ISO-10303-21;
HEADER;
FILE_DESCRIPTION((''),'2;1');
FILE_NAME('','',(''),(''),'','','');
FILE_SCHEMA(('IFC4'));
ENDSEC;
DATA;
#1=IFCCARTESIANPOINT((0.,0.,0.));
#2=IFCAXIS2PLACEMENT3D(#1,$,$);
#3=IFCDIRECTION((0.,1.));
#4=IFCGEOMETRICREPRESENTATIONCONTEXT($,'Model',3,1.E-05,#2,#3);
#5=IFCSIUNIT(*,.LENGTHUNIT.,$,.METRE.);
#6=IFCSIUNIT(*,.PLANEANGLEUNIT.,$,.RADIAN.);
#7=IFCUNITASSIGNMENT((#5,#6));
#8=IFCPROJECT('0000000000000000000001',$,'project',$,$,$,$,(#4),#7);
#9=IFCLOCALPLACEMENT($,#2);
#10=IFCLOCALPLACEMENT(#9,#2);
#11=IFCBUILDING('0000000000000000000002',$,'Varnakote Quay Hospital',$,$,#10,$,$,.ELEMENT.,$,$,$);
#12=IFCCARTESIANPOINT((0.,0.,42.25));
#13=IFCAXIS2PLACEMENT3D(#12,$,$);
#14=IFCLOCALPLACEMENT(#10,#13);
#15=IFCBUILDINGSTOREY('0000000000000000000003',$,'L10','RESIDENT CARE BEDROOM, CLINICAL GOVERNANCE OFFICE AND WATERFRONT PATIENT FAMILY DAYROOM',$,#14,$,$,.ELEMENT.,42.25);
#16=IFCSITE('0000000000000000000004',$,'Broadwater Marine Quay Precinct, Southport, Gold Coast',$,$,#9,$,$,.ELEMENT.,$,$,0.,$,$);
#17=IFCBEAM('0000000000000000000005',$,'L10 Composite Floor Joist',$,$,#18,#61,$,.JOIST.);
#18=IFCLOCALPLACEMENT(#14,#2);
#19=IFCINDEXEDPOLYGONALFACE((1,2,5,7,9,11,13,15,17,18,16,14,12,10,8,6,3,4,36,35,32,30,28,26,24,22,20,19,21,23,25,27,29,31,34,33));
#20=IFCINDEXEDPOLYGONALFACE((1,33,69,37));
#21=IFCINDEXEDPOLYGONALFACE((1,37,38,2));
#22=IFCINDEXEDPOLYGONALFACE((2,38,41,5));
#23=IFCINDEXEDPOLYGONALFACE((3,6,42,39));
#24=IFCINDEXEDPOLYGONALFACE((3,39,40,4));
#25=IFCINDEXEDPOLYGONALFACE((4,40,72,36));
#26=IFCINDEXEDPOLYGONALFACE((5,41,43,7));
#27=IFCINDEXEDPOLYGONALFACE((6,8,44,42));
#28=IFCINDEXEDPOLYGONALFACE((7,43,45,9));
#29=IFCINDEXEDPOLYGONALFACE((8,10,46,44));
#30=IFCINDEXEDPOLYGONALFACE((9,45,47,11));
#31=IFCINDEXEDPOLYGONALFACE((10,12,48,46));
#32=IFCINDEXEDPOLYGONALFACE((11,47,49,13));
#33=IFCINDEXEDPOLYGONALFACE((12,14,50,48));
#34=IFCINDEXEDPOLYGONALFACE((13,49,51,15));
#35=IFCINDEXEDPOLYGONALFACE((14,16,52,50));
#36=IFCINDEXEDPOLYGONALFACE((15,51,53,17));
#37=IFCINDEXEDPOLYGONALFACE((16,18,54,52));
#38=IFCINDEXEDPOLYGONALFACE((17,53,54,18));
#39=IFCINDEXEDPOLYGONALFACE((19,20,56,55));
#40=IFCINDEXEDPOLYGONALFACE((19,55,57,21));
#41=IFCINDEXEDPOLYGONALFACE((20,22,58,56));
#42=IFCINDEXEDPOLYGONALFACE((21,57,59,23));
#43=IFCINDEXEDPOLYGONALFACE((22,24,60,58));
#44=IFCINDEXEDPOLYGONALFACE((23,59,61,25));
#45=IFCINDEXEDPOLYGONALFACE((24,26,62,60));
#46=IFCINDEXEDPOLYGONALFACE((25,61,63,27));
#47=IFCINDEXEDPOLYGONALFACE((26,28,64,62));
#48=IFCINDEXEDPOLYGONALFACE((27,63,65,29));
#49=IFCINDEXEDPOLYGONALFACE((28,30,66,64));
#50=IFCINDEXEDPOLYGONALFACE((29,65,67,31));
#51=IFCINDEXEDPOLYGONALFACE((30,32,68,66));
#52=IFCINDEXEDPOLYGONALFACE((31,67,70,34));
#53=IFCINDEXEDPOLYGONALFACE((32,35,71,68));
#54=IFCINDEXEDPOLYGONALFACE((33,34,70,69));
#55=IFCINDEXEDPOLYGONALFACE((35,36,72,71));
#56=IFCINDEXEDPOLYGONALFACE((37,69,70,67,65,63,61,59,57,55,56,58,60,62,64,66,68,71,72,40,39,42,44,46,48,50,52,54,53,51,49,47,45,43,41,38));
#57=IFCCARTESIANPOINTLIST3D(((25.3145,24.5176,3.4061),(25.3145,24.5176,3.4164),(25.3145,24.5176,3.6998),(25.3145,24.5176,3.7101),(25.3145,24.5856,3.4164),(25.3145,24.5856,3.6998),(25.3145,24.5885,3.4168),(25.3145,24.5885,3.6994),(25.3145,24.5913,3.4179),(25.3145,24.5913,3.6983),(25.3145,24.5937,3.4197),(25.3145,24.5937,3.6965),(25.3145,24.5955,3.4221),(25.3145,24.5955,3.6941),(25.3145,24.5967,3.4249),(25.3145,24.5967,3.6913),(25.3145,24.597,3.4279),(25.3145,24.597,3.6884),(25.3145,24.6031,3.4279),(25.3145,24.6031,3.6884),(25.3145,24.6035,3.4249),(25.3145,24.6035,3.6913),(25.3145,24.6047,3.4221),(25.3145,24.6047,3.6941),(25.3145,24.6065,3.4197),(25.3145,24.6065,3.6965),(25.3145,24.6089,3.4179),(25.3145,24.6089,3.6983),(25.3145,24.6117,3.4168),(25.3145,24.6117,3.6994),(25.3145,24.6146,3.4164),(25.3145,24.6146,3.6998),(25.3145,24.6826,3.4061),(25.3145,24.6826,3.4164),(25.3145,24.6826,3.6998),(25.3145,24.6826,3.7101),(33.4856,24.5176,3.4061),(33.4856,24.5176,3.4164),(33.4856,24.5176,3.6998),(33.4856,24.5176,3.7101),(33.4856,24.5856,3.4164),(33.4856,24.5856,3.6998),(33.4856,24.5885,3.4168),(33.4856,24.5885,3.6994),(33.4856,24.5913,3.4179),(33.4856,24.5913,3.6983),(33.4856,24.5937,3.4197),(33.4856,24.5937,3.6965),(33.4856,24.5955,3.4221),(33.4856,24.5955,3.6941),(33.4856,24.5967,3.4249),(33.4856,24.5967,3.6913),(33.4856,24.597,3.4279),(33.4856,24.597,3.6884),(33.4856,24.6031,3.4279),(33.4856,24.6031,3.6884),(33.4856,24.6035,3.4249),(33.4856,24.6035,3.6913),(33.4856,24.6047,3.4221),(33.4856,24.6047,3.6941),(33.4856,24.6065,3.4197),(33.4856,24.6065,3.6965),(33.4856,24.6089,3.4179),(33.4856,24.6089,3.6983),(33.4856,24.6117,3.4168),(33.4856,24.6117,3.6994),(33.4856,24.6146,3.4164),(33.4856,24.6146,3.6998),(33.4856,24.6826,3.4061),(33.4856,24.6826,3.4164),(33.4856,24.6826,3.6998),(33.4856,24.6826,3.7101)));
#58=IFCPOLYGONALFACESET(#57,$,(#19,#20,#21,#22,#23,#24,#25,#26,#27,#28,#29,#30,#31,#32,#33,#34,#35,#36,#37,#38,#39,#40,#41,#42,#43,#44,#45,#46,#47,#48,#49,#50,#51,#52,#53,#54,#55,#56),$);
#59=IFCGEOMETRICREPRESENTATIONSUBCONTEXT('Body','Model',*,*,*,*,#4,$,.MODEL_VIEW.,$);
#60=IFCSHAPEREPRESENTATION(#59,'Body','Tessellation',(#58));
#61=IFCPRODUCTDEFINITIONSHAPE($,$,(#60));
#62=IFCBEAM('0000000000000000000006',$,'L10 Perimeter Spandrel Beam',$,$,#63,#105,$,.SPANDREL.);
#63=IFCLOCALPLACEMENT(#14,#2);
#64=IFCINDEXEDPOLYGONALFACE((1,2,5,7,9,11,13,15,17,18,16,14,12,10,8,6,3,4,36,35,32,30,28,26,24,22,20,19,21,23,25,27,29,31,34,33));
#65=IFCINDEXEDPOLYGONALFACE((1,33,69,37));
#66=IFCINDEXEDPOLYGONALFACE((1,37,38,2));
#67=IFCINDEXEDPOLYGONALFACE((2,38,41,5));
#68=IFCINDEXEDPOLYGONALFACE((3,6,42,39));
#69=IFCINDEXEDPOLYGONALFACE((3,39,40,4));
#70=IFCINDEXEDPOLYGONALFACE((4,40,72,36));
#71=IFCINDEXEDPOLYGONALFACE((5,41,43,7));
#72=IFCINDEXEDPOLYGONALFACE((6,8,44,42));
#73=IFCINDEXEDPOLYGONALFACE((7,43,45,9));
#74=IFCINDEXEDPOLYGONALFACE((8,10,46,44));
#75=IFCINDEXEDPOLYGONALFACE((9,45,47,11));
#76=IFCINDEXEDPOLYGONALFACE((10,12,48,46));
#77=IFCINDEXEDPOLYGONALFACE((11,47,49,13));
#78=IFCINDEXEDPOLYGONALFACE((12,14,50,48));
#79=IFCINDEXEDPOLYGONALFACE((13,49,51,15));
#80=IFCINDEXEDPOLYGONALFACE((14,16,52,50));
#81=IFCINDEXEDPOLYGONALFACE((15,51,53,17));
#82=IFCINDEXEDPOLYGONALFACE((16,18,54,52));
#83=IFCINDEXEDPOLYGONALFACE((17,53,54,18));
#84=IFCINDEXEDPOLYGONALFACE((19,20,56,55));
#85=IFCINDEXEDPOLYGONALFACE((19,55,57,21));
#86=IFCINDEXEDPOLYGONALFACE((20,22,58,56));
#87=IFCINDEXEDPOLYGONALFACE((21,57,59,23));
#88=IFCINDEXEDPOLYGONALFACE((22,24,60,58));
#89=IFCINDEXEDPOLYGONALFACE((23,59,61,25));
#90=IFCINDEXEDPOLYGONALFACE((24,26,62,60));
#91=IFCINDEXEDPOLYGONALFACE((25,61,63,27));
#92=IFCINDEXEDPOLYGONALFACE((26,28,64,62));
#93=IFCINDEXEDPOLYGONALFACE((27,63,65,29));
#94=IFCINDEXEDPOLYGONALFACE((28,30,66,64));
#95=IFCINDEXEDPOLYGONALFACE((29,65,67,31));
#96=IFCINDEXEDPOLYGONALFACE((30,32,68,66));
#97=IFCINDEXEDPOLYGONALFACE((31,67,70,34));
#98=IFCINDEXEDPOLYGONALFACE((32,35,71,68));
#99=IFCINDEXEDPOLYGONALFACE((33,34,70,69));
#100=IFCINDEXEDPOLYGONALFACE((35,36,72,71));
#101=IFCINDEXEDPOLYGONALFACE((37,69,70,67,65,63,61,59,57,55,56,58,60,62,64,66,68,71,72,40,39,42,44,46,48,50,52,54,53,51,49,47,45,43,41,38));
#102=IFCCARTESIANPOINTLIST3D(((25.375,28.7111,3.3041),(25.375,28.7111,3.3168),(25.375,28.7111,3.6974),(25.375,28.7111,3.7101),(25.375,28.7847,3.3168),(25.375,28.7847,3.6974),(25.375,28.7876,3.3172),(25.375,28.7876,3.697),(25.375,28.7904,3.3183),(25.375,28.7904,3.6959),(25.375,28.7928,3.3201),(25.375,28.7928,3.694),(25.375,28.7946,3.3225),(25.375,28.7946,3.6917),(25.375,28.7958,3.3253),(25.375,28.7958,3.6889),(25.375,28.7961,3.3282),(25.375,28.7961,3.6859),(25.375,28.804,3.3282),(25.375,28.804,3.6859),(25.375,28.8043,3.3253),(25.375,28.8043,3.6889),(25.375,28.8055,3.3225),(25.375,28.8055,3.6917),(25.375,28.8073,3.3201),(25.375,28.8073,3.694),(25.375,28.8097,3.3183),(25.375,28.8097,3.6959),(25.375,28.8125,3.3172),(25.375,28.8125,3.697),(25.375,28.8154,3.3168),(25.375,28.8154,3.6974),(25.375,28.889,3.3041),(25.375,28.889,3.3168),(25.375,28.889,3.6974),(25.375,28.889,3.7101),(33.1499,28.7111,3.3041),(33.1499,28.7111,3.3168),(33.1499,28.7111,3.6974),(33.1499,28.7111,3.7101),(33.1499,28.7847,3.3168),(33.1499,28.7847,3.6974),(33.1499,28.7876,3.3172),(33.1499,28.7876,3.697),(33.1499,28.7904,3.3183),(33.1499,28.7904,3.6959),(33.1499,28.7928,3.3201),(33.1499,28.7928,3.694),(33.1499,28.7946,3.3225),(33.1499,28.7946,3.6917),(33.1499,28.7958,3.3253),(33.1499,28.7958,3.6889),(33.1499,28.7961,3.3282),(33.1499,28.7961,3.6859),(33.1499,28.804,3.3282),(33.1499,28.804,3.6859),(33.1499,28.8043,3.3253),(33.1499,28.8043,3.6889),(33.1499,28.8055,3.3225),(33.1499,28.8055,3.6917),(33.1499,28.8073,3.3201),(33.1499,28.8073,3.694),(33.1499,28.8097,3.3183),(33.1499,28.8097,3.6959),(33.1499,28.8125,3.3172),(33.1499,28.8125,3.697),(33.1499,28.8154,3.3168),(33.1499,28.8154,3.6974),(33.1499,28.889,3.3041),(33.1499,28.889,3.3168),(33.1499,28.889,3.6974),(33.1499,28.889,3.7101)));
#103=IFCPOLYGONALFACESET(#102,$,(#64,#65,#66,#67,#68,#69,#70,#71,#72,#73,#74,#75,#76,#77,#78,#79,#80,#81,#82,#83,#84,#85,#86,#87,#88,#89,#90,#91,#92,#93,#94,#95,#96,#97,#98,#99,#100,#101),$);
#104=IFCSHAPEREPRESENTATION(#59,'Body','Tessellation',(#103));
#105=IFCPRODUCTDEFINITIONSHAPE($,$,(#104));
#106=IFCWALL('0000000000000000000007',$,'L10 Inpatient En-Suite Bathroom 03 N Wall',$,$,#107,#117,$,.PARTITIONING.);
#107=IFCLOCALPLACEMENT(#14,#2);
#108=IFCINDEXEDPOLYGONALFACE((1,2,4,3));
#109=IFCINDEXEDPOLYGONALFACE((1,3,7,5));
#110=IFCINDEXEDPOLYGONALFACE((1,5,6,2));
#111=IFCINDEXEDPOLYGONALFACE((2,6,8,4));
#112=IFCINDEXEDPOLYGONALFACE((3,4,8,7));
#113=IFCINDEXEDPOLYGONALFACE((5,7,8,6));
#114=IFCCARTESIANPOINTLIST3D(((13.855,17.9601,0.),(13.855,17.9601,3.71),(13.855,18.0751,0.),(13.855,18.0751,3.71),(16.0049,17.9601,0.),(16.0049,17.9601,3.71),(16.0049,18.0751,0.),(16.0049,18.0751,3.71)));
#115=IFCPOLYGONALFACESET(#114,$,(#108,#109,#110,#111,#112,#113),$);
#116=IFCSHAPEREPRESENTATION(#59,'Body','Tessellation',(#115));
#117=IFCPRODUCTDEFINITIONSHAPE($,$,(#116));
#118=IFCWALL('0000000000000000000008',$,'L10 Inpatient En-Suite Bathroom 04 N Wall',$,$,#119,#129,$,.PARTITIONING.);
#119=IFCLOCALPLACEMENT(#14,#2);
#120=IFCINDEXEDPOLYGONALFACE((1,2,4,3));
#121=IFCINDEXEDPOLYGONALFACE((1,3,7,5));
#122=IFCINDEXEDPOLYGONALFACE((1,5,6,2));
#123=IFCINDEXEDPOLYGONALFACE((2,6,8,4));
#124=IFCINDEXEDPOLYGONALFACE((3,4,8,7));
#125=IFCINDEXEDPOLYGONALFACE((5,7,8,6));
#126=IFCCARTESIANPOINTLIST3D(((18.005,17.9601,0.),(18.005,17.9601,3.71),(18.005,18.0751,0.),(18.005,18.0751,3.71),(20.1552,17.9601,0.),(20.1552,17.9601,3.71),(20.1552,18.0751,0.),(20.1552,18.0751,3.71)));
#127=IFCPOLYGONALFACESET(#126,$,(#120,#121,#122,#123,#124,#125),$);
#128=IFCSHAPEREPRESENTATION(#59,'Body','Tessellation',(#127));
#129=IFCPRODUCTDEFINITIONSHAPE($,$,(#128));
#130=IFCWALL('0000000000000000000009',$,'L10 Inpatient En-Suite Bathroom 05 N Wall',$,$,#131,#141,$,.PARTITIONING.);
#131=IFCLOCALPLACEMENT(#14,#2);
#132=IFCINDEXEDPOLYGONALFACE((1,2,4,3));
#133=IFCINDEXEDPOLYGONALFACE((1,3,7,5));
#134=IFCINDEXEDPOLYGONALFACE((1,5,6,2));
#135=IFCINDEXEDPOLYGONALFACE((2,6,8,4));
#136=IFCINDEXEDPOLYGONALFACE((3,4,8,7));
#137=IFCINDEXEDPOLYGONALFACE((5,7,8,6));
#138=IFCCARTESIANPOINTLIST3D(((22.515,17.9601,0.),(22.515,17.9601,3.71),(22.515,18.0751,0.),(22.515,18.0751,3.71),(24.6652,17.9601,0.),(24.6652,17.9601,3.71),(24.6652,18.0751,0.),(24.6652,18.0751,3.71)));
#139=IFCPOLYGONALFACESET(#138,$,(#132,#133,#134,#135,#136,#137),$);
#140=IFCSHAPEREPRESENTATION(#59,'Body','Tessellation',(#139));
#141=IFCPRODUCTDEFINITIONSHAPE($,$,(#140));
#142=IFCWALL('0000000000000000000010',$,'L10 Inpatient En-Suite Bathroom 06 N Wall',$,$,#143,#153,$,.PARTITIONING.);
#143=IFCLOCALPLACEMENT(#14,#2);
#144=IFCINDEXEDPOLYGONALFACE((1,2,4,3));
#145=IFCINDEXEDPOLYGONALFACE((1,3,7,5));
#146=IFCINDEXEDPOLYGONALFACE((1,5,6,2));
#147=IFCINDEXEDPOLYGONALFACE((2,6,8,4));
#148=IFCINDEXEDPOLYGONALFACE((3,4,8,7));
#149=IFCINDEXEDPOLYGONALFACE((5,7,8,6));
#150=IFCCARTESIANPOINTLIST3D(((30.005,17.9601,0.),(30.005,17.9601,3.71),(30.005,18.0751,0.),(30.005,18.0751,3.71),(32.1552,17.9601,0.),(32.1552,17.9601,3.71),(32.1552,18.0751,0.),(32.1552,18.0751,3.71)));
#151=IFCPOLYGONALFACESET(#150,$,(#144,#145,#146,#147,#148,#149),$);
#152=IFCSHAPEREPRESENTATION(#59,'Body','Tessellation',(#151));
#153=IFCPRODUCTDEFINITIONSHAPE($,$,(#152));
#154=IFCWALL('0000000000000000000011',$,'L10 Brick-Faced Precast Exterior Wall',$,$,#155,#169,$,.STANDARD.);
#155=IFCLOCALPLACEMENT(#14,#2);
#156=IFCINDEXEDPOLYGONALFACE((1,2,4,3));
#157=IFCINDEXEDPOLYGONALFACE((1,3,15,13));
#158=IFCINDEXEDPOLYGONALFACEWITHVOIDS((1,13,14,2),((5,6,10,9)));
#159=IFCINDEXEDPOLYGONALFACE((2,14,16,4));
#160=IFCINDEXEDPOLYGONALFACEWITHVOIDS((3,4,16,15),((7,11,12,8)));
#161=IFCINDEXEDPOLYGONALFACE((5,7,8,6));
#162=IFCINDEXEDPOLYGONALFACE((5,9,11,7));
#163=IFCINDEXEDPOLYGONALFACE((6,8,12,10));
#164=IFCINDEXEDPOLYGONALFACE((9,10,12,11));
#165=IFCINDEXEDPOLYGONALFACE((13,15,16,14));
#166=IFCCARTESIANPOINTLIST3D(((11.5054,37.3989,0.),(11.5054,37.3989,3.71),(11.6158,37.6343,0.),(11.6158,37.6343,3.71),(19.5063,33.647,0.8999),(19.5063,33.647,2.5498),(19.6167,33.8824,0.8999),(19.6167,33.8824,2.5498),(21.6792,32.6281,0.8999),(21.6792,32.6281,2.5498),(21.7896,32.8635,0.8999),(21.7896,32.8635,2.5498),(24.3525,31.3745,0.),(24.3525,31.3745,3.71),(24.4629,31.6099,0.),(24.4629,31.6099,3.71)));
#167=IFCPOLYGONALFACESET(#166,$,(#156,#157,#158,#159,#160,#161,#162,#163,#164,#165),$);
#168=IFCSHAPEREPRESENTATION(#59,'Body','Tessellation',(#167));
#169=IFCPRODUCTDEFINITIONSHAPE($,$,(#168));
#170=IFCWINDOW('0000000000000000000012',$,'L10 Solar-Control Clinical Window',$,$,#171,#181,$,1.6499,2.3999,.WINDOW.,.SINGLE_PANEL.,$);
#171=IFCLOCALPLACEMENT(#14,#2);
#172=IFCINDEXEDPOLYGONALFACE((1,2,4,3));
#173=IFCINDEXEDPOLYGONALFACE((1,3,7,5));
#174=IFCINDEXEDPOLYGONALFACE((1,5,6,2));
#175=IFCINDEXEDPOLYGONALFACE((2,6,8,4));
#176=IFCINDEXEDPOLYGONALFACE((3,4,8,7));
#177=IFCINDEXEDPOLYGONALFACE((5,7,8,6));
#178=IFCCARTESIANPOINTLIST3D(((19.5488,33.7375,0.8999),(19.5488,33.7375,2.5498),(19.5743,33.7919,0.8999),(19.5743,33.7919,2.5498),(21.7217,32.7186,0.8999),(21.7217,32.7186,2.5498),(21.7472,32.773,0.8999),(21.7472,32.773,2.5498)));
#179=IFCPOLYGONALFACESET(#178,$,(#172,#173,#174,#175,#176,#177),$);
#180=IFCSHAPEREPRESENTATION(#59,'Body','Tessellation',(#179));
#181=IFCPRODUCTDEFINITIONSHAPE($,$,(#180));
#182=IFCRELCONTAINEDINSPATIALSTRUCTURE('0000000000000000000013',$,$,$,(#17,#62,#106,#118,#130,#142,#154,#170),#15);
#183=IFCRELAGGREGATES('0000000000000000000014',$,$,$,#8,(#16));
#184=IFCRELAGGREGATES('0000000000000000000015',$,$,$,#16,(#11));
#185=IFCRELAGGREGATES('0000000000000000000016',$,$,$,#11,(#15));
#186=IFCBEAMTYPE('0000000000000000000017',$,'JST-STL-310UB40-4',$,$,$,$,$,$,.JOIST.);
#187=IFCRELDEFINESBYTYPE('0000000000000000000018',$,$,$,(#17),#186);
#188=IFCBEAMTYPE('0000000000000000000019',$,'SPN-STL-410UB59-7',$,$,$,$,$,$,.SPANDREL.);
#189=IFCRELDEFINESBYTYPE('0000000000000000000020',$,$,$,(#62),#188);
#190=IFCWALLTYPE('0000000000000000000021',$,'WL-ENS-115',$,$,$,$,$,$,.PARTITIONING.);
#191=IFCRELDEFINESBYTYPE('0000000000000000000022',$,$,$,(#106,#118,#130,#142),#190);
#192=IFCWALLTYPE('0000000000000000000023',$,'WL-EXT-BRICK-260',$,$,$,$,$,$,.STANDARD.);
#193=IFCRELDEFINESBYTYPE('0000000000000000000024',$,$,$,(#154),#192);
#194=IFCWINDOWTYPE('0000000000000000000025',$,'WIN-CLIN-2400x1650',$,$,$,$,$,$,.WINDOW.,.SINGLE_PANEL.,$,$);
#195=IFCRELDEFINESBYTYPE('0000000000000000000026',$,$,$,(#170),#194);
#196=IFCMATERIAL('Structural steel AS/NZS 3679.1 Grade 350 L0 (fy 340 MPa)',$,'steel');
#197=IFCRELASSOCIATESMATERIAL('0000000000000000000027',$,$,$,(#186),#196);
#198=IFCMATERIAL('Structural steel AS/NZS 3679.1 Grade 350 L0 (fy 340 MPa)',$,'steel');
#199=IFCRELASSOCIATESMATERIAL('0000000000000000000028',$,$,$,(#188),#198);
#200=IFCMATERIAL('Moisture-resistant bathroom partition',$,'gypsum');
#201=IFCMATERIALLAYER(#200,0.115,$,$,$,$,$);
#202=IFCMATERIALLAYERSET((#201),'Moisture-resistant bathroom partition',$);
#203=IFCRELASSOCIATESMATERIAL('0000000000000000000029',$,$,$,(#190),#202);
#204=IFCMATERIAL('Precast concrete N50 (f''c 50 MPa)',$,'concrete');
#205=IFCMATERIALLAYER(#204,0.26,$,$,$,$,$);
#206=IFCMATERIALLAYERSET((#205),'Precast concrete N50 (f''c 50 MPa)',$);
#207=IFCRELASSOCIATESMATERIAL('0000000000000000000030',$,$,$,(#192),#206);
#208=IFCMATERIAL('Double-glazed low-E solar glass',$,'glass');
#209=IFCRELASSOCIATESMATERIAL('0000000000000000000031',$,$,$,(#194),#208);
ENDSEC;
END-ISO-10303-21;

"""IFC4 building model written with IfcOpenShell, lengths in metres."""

from ifc_helpers import new_model, si_unit, direction, frame, frame_2d, origin, origin_2d, place, context, subcontext, project, spatial, rectangle, i_section, extrude, material, layer, layer_set, material_profile, profile_set, type_object, element, fill, save


model = new_model("IFC4")

# Units and contexts
model_context = context("Model", 3, precision=1e-05, world=origin(), true_north=direction((0.0, 1.0)))
body_context = subcontext(model_context, "Body", "Model", "MODEL_VIEW")
ifc_project = project(units=[si_unit("LENGTHUNIT", "METRE"), si_unit("PLANEANGLEUNIT", "RADIAN")], contexts=[model_context])

# Site, building, storey
site_placement = place(None, origin())
site = spatial("IfcSite", under=ifc_project, at=site_placement, Name="Broadwater Marine Quay Precinct, Southport, Gold Coast", CompositionType="ELEMENT", RefElevation=0.0)
building_placement = place(site_placement, origin())
building = spatial("IfcBuilding", under=site, at=building_placement, Name="Varnakote Quay Hospital", CompositionType="ELEMENT")
storey_placement = place(building_placement, frame((0.0, 0.0, 42.25)))
storey = spatial("IfcBuildingStorey", under=building, at=storey_placement, Name="L10", Description="RESIDENT CARE BEDROOM, CLINICAL GOVERNANCE OFFICE AND WATERFRONT PATIENT FAMILY DAYROOM", CompositionType="ELEMENT", Elevation=42.25)

# Beams
ifc_material_1 = material(Name="Structural steel AS/NZS 3679.1 Grade 350 L0 (fy 340 MPa)", Category="steel")
ifc_material_profile_1 = material_profile(ifc_material_1, i_section(OverallWidth=0.165, OverallDepth=0.304, WebThickness=0.0061, FlangeThickness=0.0103, FilletRadius=0.0115, at=origin_2d()), Name="310UB40.4")
ifc_profile_set_1 = profile_set([ifc_material_profile_1], Name="Structural steel AS/NZS 3679.1 Grade 350 L0 (fy 340 MPa)")
beam_type_1 = type_object("IfcBeamType", Name="JST-STL-310UB40-4", PredefinedType="JOIST", material=ifc_profile_set_1)
beam_1_placement = place(storey_placement, frame((25.3145, 24.6001, 3.5581), z_axis=(1.0, 0.0, 0.0), x_axis=(0.0, 1.0, 0.0)))
element("IfcBeam", 1, at=beam_1_placement, inside=storey, type_object=beam_type_1, Name="L10 Composite Floor Joist", PredefinedType="JOIST", context=body_context, shape_type="SweptSolid", body=[
    extrude(i_section(OverallWidth=0.165, OverallDepth=0.304, WebThickness=0.0061, FlangeThickness=0.0103, FilletRadius=0.0115, at=origin_2d()), origin(), (0.0, 0.0, 1.0), 8.1711),
])
ifc_material_2 = material(Name="Structural steel AS/NZS 3679.1 Grade 350 L0 (fy 340 MPa)", Category="steel")
ifc_material_profile_2 = material_profile(ifc_material_2, i_section(OverallWidth=0.178, OverallDepth=0.406, WebThickness=0.0078, FlangeThickness=0.0127, FilletRadius=0.0115, at=origin_2d()), Name="410UB59.7")
ifc_profile_set_2 = profile_set([ifc_material_profile_2], Name="Structural steel AS/NZS 3679.1 Grade 350 L0 (fy 340 MPa)")
beam_type_2 = type_object("IfcBeamType", Name="SPN-STL-410UB59-7", PredefinedType="SPANDREL", material=ifc_profile_set_2)
beam_2_placement = place(storey_placement, frame((25.375, 28.8, 3.5071), z_axis=(1.0, 0.0, 0.0), x_axis=(0.0, 1.0, 0.0)))
element("IfcBeam", 2, at=beam_2_placement, inside=storey, type_object=beam_type_2, Name="L10 Perimeter Spandrel Beam", PredefinedType="SPANDREL", context=body_context, shape_type="SweptSolid", body=[
    extrude(i_section(OverallWidth=0.178, OverallDepth=0.406, WebThickness=0.0078, FlangeThickness=0.0127, FilletRadius=0.0115, at=origin_2d()), origin(), (0.0, 0.0, 1.0), 7.7749),
])

# Walls
ifc_material_3 = material(Name="Moisture-resistant bathroom partition", Category="gypsum")
ifc_layer_1 = layer(ifc_material_3, 0.115)
ifc_layer_set_1 = layer_set([ifc_layer_1], Name="Moisture-resistant bathroom partition")
wall_type_1 = type_object("IfcWallType", Name="WL-ENS-115", PredefinedType="PARTITIONING", material=ifc_layer_set_1)
wall_1_placement = place(storey_placement, frame((13.855, 18.0176, 0.0), z_axis=(0.0, 0.0, 1.0), x_axis=(1.0, 0.0, 0.0)))
element("IfcWall", 3, at=wall_1_placement, inside=storey, type_object=wall_type_1, Name="L10 Inpatient En-Suite Bathroom 03 N Wall", PredefinedType="PARTITIONING", context=body_context, shape_type="SweptSolid", body=[
    extrude(rectangle(XDim=2.1499, YDim=0.115, at=frame_2d((1.075, 0.0))), origin(), (0.0, 0.0, 1.0), 3.71),
])
for number, where, z_axis, x_axis, name in (
    (4, (18.0049, 18.0176, 0.0), (0.0, 0.0, 1.0), (1.0, 0.0, 0.0), "L10 Inpatient En-Suite Bathroom 04 N Wall"),
    (5, (22.5149, 18.0176, 0.0), (0.0, 0.0, 1.0), (1.0, 0.0, 0.0), "L10 Inpatient En-Suite Bathroom 05 N Wall"),
    (6, (30.0049, 18.0176, 0.0), (0.0, 0.0, 1.0), (1.0, 0.0, 0.0), "L10 Inpatient En-Suite Bathroom 06 N Wall"),
):
    element("IfcWall", number, at=place(storey_placement, frame(where, z_axis=z_axis, x_axis=x_axis)), inside=storey, type_object=wall_type_1, Name=name, PredefinedType="PARTITIONING", context=body_context, shape_type="SweptSolid", body=[
        extrude(rectangle(XDim=2.1501, YDim=0.115, at=frame_2d((1.0752, 0.0))), origin(), (0.0, 0.0, 1.0), 3.71),
    ])

# Wall, opening, window
ifc_material_4 = material(Name="Precast concrete N50 (f'c 50 MPa)", Category="concrete")
ifc_layer_2 = layer(ifc_material_4, 0.26)
ifc_layer_set_2 = layer_set([ifc_layer_2], Name="Precast concrete N50 (f'c 50 MPa)")
wall_type_2 = type_object("IfcWallType", Name="WL-EXT-BRICK-260", PredefinedType="STANDARD", material=ifc_layer_set_2)
wall_2_placement = place(storey_placement, frame((24.4077, 31.4922, 0.0), z_axis=(0.0, 0.0, 1.0), x_axis=(-0.905397, 0.424567, 0.0)))
wall_2 = element("IfcWall", 7, at=wall_2_placement, inside=storey, type_object=wall_type_2, Name="L10 Brick-Faced Precast Exterior Wall", PredefinedType="STANDARD", context=body_context, shape_type="SweptSolid", body=[
    extrude(rectangle(XDim=14.1895, YDim=0.26, at=frame_2d((7.0947, 0.0))), origin(), (0.0, 0.0, 1.0), 3.71),
])
opening_1_placement = place(wall_2_placement, frame((2.9526, 0.0, 0.8999)))
opening_1 = element("IfcOpeningElement", 8, at=opening_1_placement, cuts=wall_2, PredefinedType="OPENING", context=body_context, shape_type="SweptSolid", body=[
    extrude(rectangle(XDim=2.3999, YDim=1.6499, at=frame_2d((1.2, 0.825))), frame((0.0, 0.1399, 0.0), z_axis=(0.0, -1.0, 0.0), x_axis=(1.0, 0.0, 0.0)), (0.0, 0.0, 1.0), 0.28),
])
ifc_material_5 = material(Name="Double-glazed low-E solar glass", Category="glass")
window_type = type_object("IfcWindowType", Name="WIN-CLIN-2400x1650", PartitioningType="SINGLE_PANEL", PredefinedType="WINDOW", material=ifc_material_5)
window_1_placement = place(opening_1_placement, origin())
window_1 = element("IfcWindow", 9, at=window_1_placement, inside=storey, type_object=window_type, Name="L10 Solar-Control Clinical Window", OverallHeight=1.6499, OverallWidth=2.3999, PartitioningType="SINGLE_PANEL", PredefinedType="WINDOW", context=body_context, shape_type="SweptSolid", body=[
    extrude(rectangle(XDim=2.3999, YDim=1.6499, at=frame_2d((1.2, 0.825))), frame((0.0, 0.03, 0.0), z_axis=(0.0, -1.0, 0.0), x_axis=(1.0, 0.0, 0.0)), (0.0, 0.0, 1.0), 0.0601),
])
fill(opening_1, window_1)

save(model, "model.ifc")
